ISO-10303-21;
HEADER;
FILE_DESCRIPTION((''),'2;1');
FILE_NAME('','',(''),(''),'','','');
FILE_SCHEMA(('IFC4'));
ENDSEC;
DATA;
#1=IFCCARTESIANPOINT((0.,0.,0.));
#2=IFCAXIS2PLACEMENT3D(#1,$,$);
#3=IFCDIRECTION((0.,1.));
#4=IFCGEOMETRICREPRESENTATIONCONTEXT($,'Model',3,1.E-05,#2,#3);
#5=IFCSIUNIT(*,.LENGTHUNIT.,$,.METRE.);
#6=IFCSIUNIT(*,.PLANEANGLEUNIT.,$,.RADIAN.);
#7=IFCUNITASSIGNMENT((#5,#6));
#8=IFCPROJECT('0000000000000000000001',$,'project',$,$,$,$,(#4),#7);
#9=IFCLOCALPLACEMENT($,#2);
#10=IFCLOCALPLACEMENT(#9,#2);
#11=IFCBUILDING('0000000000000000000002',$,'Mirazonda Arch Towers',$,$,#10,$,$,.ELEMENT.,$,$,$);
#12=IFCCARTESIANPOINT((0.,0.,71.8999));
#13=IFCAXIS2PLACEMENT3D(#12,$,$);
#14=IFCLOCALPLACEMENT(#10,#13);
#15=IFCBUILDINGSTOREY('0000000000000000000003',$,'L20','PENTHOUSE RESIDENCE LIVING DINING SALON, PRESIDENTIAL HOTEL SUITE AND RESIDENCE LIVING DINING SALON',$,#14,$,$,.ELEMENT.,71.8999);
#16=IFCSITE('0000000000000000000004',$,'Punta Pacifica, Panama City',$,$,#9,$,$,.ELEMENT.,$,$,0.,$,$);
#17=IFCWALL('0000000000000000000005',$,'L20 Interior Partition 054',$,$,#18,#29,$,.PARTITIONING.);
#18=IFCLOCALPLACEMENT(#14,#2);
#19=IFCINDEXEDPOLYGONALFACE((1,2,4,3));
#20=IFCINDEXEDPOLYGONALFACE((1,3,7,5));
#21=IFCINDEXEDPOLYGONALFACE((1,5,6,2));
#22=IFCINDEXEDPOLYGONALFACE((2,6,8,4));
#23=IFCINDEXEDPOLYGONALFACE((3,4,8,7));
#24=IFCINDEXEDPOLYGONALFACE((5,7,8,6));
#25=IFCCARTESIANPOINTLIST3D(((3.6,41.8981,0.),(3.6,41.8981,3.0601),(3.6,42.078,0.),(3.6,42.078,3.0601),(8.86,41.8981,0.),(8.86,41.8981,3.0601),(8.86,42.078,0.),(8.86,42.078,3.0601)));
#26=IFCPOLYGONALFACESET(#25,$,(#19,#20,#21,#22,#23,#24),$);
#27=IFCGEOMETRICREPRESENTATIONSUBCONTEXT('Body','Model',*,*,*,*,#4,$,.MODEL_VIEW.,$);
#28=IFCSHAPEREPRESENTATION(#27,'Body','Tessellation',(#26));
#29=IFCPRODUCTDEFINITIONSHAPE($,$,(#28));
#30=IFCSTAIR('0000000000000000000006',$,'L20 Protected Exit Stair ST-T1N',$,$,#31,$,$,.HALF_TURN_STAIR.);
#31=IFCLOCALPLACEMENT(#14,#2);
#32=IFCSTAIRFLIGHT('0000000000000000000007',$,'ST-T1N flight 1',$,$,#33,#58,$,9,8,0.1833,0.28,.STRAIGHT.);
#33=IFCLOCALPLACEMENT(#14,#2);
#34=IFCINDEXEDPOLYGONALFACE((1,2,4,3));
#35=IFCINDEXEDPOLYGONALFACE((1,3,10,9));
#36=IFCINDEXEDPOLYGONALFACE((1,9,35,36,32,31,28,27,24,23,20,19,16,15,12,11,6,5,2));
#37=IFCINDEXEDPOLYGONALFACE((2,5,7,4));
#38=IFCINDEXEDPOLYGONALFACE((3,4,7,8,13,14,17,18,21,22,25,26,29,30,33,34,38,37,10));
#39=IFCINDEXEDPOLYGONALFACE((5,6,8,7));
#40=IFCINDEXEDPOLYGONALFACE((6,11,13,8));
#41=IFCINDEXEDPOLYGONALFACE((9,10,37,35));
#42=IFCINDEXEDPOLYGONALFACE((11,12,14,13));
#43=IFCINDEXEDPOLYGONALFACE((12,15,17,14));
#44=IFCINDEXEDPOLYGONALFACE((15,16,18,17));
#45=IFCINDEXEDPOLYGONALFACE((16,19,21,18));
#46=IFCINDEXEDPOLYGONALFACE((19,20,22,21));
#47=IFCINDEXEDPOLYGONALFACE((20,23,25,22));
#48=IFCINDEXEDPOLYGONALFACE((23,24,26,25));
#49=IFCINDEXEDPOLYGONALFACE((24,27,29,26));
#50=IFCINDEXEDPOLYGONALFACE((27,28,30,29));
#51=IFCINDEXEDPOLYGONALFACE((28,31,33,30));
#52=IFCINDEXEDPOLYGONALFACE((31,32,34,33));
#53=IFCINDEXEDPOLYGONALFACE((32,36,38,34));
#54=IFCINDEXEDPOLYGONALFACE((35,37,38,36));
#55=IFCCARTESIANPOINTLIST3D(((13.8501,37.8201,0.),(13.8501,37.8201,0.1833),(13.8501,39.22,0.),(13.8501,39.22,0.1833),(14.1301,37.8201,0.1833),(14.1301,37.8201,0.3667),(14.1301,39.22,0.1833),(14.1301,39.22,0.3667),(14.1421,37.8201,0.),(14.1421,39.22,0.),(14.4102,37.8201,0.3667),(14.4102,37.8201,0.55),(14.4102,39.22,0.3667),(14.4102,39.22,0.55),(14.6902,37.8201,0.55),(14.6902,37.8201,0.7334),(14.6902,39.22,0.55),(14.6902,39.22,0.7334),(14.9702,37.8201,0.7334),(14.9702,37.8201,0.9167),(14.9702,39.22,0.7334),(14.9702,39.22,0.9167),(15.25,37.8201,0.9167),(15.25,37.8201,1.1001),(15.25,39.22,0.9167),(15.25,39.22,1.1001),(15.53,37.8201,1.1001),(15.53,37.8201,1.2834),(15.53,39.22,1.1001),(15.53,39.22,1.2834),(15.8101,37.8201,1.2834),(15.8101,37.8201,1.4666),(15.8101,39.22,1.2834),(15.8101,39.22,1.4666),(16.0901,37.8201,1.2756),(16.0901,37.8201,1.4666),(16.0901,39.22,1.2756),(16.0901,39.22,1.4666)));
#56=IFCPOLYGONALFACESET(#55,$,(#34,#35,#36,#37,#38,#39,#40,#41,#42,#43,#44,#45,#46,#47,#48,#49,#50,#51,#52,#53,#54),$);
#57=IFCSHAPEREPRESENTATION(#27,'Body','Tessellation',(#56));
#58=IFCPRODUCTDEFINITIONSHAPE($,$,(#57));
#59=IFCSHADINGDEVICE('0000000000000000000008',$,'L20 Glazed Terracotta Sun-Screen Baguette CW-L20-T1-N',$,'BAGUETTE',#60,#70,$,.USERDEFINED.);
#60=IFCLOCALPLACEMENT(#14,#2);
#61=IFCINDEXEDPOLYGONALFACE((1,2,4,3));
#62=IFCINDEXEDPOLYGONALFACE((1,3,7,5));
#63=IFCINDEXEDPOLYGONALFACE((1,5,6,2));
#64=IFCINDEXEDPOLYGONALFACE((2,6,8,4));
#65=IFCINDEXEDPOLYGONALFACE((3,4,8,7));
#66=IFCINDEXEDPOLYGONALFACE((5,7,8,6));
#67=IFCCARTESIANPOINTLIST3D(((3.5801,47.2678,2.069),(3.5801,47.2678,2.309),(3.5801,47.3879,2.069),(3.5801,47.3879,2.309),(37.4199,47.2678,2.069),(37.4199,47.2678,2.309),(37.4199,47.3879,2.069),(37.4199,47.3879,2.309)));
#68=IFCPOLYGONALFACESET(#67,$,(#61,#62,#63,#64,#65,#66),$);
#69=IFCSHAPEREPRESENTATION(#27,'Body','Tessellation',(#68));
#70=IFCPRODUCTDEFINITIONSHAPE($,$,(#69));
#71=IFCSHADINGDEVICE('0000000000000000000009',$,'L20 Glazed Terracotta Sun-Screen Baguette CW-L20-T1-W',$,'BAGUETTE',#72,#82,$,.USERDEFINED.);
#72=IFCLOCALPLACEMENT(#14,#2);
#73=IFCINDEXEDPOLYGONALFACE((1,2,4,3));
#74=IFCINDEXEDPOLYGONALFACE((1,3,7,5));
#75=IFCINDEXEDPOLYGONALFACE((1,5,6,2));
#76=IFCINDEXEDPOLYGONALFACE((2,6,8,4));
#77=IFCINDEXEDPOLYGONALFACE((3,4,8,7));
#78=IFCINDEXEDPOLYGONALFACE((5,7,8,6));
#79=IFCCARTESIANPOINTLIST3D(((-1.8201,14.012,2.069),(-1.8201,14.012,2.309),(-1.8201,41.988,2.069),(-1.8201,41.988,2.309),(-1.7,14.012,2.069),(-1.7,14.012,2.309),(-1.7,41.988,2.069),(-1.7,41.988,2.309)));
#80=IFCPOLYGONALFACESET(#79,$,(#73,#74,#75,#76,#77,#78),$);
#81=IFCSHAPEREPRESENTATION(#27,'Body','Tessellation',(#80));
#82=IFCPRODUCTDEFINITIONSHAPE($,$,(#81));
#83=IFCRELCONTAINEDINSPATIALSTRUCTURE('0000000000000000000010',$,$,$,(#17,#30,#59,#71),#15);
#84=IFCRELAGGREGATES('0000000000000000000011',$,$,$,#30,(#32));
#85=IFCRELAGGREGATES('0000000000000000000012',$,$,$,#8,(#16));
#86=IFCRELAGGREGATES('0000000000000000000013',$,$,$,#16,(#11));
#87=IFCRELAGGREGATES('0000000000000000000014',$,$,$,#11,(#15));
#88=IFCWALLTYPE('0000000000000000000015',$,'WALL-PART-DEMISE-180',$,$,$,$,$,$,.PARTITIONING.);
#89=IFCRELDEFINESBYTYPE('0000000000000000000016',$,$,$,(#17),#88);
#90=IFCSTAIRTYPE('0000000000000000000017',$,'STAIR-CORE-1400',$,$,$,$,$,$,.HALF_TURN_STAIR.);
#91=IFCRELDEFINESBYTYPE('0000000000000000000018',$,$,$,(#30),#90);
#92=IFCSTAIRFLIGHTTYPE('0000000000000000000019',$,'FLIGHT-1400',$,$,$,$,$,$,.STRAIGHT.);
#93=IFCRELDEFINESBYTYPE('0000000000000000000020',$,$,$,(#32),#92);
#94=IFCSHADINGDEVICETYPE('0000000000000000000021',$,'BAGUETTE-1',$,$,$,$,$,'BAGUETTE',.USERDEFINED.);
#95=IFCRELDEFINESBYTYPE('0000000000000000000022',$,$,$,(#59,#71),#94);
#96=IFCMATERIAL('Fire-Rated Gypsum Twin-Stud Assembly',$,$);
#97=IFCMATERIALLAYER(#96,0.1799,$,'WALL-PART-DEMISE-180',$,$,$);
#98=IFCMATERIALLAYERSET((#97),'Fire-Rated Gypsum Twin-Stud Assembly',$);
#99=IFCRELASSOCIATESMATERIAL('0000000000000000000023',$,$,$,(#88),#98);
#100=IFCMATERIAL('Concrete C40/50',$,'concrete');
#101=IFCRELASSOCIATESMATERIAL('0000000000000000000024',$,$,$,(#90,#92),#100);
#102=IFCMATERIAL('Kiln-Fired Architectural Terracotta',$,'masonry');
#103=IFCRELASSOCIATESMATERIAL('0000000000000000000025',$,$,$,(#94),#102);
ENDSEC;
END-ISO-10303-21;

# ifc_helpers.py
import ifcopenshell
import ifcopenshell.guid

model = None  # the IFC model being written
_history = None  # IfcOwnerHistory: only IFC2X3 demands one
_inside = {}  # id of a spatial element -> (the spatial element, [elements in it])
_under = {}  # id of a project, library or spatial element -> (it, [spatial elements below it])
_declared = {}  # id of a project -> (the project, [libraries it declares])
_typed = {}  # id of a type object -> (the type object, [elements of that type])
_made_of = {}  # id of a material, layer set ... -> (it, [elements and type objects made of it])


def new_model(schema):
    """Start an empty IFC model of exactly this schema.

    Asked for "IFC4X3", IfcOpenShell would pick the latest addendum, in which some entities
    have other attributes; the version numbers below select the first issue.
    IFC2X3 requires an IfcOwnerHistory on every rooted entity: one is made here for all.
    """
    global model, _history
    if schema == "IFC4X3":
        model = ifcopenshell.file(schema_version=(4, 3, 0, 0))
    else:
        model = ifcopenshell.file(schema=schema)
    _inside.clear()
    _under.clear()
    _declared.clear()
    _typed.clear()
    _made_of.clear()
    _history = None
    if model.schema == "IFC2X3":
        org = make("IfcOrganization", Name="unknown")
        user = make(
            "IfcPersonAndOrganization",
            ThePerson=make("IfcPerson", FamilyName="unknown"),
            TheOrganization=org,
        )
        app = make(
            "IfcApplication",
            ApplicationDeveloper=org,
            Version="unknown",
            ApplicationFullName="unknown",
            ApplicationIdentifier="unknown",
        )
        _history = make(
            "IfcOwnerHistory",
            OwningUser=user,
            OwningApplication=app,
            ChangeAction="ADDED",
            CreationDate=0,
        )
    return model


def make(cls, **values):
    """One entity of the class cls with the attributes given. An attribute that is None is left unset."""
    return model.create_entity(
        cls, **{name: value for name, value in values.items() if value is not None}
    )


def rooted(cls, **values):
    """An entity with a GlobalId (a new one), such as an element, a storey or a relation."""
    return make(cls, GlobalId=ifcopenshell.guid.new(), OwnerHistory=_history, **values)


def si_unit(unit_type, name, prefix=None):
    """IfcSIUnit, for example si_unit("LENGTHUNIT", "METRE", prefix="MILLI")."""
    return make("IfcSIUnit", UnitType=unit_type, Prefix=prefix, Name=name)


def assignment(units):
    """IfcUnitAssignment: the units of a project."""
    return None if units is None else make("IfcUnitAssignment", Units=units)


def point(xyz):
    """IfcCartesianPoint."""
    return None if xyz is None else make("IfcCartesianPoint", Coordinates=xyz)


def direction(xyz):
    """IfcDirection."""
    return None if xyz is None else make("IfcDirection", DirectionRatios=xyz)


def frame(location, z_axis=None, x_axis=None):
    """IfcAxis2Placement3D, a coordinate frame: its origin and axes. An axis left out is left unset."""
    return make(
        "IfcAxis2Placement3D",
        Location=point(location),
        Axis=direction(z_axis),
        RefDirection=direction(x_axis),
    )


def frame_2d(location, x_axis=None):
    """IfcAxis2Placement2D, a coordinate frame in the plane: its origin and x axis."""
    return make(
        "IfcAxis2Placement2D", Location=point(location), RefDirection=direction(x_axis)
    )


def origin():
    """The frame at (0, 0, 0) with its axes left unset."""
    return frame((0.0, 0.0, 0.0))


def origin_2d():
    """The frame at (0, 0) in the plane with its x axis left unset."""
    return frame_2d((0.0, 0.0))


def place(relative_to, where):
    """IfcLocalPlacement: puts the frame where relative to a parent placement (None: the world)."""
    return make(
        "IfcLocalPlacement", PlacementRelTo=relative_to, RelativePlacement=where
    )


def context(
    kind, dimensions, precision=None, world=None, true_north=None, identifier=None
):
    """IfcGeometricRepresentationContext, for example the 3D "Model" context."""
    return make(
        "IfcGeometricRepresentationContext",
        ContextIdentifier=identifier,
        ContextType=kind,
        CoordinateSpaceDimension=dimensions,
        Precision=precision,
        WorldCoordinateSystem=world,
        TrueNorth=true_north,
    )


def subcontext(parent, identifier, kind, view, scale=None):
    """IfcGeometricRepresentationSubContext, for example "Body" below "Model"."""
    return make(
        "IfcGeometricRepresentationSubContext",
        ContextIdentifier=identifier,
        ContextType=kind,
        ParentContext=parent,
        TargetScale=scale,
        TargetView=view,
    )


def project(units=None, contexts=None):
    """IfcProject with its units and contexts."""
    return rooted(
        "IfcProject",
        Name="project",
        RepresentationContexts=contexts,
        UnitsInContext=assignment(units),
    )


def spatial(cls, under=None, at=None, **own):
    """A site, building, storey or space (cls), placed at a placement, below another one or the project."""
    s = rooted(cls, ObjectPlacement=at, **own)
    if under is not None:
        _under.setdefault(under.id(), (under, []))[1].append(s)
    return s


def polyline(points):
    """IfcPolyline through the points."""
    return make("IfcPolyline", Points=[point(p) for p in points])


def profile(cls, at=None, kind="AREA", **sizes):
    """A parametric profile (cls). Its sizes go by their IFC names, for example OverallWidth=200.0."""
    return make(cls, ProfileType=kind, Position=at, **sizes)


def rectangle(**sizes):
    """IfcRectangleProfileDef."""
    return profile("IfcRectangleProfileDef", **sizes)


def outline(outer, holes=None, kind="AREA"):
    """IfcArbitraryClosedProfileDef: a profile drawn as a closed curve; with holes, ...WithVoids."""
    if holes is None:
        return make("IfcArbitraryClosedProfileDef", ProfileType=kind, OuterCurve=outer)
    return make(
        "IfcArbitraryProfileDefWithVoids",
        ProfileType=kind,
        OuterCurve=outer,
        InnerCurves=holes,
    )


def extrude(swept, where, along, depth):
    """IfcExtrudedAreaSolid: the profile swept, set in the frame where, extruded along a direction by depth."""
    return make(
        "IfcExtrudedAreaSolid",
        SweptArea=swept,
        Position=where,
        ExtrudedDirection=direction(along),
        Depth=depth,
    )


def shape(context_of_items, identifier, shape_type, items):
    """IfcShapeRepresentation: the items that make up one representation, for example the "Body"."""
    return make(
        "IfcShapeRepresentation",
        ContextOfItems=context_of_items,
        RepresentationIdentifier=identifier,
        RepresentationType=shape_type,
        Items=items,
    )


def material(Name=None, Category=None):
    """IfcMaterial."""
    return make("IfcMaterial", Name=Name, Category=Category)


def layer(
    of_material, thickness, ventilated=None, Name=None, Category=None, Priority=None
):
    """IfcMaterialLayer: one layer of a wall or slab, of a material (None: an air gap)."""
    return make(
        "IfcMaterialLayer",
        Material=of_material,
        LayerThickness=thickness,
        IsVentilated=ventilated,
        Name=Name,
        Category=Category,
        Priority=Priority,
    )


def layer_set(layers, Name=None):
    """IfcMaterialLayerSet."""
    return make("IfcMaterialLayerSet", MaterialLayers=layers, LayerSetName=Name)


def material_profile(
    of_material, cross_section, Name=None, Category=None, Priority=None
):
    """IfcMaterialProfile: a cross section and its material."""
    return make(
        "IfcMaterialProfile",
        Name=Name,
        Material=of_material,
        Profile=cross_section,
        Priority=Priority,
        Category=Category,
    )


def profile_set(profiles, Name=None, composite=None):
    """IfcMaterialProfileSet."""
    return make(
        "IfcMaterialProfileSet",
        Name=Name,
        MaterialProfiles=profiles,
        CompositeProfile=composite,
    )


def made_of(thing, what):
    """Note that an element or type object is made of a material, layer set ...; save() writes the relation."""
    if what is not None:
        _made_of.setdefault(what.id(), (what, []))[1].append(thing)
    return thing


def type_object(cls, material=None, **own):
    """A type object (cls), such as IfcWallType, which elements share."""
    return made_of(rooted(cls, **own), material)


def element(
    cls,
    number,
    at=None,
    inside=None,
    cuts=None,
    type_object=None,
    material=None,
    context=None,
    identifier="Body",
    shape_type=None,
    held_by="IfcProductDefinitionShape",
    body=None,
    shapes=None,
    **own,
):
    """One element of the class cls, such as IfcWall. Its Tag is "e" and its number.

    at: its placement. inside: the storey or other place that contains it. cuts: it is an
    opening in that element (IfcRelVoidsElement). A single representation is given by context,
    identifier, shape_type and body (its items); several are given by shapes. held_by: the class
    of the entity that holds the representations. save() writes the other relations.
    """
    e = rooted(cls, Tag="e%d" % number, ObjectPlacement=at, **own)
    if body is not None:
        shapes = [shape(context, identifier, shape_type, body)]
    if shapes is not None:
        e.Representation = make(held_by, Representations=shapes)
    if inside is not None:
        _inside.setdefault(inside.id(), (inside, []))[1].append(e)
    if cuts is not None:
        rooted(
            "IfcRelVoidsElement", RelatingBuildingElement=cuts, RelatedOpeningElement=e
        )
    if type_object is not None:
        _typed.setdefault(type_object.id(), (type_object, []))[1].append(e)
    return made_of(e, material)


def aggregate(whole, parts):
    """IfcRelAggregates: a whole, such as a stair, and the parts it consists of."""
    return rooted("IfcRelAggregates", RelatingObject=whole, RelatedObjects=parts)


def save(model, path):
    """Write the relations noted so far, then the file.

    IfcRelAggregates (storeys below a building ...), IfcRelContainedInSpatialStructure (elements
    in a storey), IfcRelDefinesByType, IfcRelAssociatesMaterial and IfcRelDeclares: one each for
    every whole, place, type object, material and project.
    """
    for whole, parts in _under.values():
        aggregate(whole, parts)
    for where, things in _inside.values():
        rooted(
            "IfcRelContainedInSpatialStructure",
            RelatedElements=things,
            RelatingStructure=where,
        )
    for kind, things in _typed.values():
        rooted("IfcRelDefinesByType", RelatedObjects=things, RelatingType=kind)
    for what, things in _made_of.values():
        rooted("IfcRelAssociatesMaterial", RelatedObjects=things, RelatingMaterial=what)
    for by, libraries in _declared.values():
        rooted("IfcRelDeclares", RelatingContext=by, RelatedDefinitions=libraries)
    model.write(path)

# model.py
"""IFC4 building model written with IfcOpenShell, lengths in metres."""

from ifc_helpers import new_model, si_unit, direction, frame, frame_2d, origin, origin_2d, place, context, subcontext, project, spatial, polyline, rectangle, outline, extrude, material, layer, layer_set, material_profile, profile_set, type_object, element, aggregate, save


model = new_model("IFC4")

# Units and contexts
model_context = context("Model", 3, precision=1e-05, world=origin(), true_north=direction((0.0, 1.0)))
body_context = subcontext(model_context, "Body", "Model", "MODEL_VIEW")
ifc_project = project(units=[si_unit("LENGTHUNIT", "METRE"), si_unit("PLANEANGLEUNIT", "RADIAN")], contexts=[model_context])

# Site, building, storey
site_placement = place(None, origin())
site = spatial("IfcSite", under=ifc_project, at=site_placement, Name="Punta Pacifica, Panama City", CompositionType="ELEMENT", RefElevation=0.0)
building_placement = place(site_placement, origin())
building = spatial("IfcBuilding", under=site, at=building_placement, Name="Mirazonda Arch Towers", CompositionType="ELEMENT")
storey_placement = place(building_placement, frame((0.0, 0.0, 71.8999)))
storey = spatial("IfcBuildingStorey", under=building, at=storey_placement, Name="L20", Description="PENTHOUSE RESIDENCE LIVING DINING SALON, PRESIDENTIAL HOTEL SUITE AND RESIDENCE LIVING DINING SALON", CompositionType="ELEMENT", Elevation=71.8999)

# Wall
ifc_material_1 = material(Name="Fire-Rated Gypsum Twin-Stud Assembly")
ifc_layer_1 = layer(ifc_material_1, 0.1799, Name="WALL-PART-DEMISE-180")
ifc_layer_set_1 = layer_set([ifc_layer_1], Name="Fire-Rated Gypsum Twin-Stud Assembly")
wall_type_1 = type_object("IfcWallType", Name="WALL-PART-DEMISE-180", PredefinedType="PARTITIONING", material=ifc_layer_set_1)
wall_1_placement = place(storey_placement, frame((3.6001, 41.988, 0.0), z_axis=(0.0, 0.0, 1.0), x_axis=(1.0, 0.0, 0.0)))
element("IfcWall", 1, at=wall_1_placement, inside=storey, type_object=wall_type_1, Name="L20 Interior Partition 054", PredefinedType="PARTITIONING", context=body_context, shape_type="SweptSolid", body=[
    extrude(rectangle(XDim=5.26, YDim=0.1799, at=frame_2d((2.6299, 0.0))), origin(), (0.0, 0.0, 1.0), 3.0601),
])

# Stair, stair flight
ifc_material_2 = material(Name="Concrete C40/50", Category="concrete")
stair_type = type_object("IfcStairType", Name="STAIR-CORE-1400", PredefinedType="HALF_TURN_STAIR", material=ifc_material_2)
stair_placement = place(storey_placement, origin())
stair = element("IfcStair", 2, at=stair_placement, inside=storey, type_object=stair_type, Name="L20 Protected Exit Stair ST-T1N", PredefinedType="HALF_TURN_STAIR")
stair_flight_type = type_object("IfcStairFlightType", Name="FLIGHT-1400", PredefinedType="STRAIGHT", material=ifc_material_2)
stair_flight_placement = place(storey_placement, frame((13.8501, 38.52, 0.0), z_axis=(0.0, 0.0, 1.0), x_axis=(1.0, 0.0, 0.0)))
stair_flight = element("IfcStairFlight", 3, at=stair_flight_placement, type_object=stair_flight_type, Name="ST-T1N flight 1", NumberOfRisers=9, NumberOfTreads=8, PredefinedType="STRAIGHT", RiserHeight=0.1833, TreadLength=0.28, context=body_context, shape_type="SweptSolid", body=[
    extrude(outline(polyline([(0.0, 0.0), (0.0, 0.1833), (0.28, 0.1833), (0.28, 0.3667), (0.5601, 0.3667), (0.5601, 0.55), (0.8401, 0.55), (0.8401, 0.7334), (1.1201, 0.7334), (1.1201, 0.9167), (1.3999, 0.9167), (1.3999, 1.1001), (1.6799, 1.1001), (1.6799, 1.2834), (1.96, 1.2834), (1.96, 1.4666), (2.24, 1.4666), (2.24, 1.6499), (2.24, 1.2756), (0.292, 0.0), (0.0, 0.0)])), frame((0.0, 0.7, 0.0), z_axis=(0.0, -1.0, 0.0), x_axis=(1.0, 0.0, 0.0)), (0.0, 0.0, 1.0), 1.3999),
])
aggregate(stair, [stair_flight])

# Shading devices
ifc_material_3 = material(Name="Kiln-Fired Architectural Terracotta", Category="masonry")
ifc_material_profile_1 = material_profile(ifc_material_3, rectangle(XDim=0.1201, YDim=0.24, at=origin_2d()), Name="TERRA-BAG-120x240")
ifc_profile_set_1 = profile_set([ifc_material_profile_1], Name="Kiln-Fired Architectural Terracotta")
shading_device_type = type_object("IfcShadingDeviceType", Name="BAGUETTE-1", ElementType="BAGUETTE", PredefinedType="USERDEFINED", material=ifc_profile_set_1)
shading_device_1_placement = place(storey_placement, frame((3.5801, 47.3279, 2.189), z_axis=(1.0, 0.0, 0.0), x_axis=(0.0, 1.0, 0.0)))
element("IfcShadingDevice", 4, at=shading_device_1_placement, inside=storey, type_object=shading_device_type, Name="L20 Glazed Terracotta Sun-Screen Baguette CW-L20-T1-N", ObjectType="BAGUETTE", PredefinedType="USERDEFINED", context=body_context, shape_type="SweptSolid", body=[
    extrude(rectangle(XDim=0.1201, YDim=0.24, at=origin_2d()), origin(), (0.0, 0.0, 1.0), 33.8398),
])
shading_device_2_placement = place(storey_placement, frame((-1.76, 41.988, 2.189), z_axis=(0.0, -1.0, 0.0), x_axis=(1.0, 0.0, 0.0)))
element("IfcShadingDevice", 5, at=shading_device_2_placement, inside=storey, type_object=shading_device_type, Name="L20 Glazed Terracotta Sun-Screen Baguette CW-L20-T1-W", ObjectType="BAGUETTE", PredefinedType="USERDEFINED", context=body_context, shape_type="SweptSolid", body=[
    extrude(rectangle(XDim=0.1201, YDim=0.24, at=origin_2d()), origin(), (0.0, 0.0, 1.0), 27.9761),
])

save(model, "model.ifc")
